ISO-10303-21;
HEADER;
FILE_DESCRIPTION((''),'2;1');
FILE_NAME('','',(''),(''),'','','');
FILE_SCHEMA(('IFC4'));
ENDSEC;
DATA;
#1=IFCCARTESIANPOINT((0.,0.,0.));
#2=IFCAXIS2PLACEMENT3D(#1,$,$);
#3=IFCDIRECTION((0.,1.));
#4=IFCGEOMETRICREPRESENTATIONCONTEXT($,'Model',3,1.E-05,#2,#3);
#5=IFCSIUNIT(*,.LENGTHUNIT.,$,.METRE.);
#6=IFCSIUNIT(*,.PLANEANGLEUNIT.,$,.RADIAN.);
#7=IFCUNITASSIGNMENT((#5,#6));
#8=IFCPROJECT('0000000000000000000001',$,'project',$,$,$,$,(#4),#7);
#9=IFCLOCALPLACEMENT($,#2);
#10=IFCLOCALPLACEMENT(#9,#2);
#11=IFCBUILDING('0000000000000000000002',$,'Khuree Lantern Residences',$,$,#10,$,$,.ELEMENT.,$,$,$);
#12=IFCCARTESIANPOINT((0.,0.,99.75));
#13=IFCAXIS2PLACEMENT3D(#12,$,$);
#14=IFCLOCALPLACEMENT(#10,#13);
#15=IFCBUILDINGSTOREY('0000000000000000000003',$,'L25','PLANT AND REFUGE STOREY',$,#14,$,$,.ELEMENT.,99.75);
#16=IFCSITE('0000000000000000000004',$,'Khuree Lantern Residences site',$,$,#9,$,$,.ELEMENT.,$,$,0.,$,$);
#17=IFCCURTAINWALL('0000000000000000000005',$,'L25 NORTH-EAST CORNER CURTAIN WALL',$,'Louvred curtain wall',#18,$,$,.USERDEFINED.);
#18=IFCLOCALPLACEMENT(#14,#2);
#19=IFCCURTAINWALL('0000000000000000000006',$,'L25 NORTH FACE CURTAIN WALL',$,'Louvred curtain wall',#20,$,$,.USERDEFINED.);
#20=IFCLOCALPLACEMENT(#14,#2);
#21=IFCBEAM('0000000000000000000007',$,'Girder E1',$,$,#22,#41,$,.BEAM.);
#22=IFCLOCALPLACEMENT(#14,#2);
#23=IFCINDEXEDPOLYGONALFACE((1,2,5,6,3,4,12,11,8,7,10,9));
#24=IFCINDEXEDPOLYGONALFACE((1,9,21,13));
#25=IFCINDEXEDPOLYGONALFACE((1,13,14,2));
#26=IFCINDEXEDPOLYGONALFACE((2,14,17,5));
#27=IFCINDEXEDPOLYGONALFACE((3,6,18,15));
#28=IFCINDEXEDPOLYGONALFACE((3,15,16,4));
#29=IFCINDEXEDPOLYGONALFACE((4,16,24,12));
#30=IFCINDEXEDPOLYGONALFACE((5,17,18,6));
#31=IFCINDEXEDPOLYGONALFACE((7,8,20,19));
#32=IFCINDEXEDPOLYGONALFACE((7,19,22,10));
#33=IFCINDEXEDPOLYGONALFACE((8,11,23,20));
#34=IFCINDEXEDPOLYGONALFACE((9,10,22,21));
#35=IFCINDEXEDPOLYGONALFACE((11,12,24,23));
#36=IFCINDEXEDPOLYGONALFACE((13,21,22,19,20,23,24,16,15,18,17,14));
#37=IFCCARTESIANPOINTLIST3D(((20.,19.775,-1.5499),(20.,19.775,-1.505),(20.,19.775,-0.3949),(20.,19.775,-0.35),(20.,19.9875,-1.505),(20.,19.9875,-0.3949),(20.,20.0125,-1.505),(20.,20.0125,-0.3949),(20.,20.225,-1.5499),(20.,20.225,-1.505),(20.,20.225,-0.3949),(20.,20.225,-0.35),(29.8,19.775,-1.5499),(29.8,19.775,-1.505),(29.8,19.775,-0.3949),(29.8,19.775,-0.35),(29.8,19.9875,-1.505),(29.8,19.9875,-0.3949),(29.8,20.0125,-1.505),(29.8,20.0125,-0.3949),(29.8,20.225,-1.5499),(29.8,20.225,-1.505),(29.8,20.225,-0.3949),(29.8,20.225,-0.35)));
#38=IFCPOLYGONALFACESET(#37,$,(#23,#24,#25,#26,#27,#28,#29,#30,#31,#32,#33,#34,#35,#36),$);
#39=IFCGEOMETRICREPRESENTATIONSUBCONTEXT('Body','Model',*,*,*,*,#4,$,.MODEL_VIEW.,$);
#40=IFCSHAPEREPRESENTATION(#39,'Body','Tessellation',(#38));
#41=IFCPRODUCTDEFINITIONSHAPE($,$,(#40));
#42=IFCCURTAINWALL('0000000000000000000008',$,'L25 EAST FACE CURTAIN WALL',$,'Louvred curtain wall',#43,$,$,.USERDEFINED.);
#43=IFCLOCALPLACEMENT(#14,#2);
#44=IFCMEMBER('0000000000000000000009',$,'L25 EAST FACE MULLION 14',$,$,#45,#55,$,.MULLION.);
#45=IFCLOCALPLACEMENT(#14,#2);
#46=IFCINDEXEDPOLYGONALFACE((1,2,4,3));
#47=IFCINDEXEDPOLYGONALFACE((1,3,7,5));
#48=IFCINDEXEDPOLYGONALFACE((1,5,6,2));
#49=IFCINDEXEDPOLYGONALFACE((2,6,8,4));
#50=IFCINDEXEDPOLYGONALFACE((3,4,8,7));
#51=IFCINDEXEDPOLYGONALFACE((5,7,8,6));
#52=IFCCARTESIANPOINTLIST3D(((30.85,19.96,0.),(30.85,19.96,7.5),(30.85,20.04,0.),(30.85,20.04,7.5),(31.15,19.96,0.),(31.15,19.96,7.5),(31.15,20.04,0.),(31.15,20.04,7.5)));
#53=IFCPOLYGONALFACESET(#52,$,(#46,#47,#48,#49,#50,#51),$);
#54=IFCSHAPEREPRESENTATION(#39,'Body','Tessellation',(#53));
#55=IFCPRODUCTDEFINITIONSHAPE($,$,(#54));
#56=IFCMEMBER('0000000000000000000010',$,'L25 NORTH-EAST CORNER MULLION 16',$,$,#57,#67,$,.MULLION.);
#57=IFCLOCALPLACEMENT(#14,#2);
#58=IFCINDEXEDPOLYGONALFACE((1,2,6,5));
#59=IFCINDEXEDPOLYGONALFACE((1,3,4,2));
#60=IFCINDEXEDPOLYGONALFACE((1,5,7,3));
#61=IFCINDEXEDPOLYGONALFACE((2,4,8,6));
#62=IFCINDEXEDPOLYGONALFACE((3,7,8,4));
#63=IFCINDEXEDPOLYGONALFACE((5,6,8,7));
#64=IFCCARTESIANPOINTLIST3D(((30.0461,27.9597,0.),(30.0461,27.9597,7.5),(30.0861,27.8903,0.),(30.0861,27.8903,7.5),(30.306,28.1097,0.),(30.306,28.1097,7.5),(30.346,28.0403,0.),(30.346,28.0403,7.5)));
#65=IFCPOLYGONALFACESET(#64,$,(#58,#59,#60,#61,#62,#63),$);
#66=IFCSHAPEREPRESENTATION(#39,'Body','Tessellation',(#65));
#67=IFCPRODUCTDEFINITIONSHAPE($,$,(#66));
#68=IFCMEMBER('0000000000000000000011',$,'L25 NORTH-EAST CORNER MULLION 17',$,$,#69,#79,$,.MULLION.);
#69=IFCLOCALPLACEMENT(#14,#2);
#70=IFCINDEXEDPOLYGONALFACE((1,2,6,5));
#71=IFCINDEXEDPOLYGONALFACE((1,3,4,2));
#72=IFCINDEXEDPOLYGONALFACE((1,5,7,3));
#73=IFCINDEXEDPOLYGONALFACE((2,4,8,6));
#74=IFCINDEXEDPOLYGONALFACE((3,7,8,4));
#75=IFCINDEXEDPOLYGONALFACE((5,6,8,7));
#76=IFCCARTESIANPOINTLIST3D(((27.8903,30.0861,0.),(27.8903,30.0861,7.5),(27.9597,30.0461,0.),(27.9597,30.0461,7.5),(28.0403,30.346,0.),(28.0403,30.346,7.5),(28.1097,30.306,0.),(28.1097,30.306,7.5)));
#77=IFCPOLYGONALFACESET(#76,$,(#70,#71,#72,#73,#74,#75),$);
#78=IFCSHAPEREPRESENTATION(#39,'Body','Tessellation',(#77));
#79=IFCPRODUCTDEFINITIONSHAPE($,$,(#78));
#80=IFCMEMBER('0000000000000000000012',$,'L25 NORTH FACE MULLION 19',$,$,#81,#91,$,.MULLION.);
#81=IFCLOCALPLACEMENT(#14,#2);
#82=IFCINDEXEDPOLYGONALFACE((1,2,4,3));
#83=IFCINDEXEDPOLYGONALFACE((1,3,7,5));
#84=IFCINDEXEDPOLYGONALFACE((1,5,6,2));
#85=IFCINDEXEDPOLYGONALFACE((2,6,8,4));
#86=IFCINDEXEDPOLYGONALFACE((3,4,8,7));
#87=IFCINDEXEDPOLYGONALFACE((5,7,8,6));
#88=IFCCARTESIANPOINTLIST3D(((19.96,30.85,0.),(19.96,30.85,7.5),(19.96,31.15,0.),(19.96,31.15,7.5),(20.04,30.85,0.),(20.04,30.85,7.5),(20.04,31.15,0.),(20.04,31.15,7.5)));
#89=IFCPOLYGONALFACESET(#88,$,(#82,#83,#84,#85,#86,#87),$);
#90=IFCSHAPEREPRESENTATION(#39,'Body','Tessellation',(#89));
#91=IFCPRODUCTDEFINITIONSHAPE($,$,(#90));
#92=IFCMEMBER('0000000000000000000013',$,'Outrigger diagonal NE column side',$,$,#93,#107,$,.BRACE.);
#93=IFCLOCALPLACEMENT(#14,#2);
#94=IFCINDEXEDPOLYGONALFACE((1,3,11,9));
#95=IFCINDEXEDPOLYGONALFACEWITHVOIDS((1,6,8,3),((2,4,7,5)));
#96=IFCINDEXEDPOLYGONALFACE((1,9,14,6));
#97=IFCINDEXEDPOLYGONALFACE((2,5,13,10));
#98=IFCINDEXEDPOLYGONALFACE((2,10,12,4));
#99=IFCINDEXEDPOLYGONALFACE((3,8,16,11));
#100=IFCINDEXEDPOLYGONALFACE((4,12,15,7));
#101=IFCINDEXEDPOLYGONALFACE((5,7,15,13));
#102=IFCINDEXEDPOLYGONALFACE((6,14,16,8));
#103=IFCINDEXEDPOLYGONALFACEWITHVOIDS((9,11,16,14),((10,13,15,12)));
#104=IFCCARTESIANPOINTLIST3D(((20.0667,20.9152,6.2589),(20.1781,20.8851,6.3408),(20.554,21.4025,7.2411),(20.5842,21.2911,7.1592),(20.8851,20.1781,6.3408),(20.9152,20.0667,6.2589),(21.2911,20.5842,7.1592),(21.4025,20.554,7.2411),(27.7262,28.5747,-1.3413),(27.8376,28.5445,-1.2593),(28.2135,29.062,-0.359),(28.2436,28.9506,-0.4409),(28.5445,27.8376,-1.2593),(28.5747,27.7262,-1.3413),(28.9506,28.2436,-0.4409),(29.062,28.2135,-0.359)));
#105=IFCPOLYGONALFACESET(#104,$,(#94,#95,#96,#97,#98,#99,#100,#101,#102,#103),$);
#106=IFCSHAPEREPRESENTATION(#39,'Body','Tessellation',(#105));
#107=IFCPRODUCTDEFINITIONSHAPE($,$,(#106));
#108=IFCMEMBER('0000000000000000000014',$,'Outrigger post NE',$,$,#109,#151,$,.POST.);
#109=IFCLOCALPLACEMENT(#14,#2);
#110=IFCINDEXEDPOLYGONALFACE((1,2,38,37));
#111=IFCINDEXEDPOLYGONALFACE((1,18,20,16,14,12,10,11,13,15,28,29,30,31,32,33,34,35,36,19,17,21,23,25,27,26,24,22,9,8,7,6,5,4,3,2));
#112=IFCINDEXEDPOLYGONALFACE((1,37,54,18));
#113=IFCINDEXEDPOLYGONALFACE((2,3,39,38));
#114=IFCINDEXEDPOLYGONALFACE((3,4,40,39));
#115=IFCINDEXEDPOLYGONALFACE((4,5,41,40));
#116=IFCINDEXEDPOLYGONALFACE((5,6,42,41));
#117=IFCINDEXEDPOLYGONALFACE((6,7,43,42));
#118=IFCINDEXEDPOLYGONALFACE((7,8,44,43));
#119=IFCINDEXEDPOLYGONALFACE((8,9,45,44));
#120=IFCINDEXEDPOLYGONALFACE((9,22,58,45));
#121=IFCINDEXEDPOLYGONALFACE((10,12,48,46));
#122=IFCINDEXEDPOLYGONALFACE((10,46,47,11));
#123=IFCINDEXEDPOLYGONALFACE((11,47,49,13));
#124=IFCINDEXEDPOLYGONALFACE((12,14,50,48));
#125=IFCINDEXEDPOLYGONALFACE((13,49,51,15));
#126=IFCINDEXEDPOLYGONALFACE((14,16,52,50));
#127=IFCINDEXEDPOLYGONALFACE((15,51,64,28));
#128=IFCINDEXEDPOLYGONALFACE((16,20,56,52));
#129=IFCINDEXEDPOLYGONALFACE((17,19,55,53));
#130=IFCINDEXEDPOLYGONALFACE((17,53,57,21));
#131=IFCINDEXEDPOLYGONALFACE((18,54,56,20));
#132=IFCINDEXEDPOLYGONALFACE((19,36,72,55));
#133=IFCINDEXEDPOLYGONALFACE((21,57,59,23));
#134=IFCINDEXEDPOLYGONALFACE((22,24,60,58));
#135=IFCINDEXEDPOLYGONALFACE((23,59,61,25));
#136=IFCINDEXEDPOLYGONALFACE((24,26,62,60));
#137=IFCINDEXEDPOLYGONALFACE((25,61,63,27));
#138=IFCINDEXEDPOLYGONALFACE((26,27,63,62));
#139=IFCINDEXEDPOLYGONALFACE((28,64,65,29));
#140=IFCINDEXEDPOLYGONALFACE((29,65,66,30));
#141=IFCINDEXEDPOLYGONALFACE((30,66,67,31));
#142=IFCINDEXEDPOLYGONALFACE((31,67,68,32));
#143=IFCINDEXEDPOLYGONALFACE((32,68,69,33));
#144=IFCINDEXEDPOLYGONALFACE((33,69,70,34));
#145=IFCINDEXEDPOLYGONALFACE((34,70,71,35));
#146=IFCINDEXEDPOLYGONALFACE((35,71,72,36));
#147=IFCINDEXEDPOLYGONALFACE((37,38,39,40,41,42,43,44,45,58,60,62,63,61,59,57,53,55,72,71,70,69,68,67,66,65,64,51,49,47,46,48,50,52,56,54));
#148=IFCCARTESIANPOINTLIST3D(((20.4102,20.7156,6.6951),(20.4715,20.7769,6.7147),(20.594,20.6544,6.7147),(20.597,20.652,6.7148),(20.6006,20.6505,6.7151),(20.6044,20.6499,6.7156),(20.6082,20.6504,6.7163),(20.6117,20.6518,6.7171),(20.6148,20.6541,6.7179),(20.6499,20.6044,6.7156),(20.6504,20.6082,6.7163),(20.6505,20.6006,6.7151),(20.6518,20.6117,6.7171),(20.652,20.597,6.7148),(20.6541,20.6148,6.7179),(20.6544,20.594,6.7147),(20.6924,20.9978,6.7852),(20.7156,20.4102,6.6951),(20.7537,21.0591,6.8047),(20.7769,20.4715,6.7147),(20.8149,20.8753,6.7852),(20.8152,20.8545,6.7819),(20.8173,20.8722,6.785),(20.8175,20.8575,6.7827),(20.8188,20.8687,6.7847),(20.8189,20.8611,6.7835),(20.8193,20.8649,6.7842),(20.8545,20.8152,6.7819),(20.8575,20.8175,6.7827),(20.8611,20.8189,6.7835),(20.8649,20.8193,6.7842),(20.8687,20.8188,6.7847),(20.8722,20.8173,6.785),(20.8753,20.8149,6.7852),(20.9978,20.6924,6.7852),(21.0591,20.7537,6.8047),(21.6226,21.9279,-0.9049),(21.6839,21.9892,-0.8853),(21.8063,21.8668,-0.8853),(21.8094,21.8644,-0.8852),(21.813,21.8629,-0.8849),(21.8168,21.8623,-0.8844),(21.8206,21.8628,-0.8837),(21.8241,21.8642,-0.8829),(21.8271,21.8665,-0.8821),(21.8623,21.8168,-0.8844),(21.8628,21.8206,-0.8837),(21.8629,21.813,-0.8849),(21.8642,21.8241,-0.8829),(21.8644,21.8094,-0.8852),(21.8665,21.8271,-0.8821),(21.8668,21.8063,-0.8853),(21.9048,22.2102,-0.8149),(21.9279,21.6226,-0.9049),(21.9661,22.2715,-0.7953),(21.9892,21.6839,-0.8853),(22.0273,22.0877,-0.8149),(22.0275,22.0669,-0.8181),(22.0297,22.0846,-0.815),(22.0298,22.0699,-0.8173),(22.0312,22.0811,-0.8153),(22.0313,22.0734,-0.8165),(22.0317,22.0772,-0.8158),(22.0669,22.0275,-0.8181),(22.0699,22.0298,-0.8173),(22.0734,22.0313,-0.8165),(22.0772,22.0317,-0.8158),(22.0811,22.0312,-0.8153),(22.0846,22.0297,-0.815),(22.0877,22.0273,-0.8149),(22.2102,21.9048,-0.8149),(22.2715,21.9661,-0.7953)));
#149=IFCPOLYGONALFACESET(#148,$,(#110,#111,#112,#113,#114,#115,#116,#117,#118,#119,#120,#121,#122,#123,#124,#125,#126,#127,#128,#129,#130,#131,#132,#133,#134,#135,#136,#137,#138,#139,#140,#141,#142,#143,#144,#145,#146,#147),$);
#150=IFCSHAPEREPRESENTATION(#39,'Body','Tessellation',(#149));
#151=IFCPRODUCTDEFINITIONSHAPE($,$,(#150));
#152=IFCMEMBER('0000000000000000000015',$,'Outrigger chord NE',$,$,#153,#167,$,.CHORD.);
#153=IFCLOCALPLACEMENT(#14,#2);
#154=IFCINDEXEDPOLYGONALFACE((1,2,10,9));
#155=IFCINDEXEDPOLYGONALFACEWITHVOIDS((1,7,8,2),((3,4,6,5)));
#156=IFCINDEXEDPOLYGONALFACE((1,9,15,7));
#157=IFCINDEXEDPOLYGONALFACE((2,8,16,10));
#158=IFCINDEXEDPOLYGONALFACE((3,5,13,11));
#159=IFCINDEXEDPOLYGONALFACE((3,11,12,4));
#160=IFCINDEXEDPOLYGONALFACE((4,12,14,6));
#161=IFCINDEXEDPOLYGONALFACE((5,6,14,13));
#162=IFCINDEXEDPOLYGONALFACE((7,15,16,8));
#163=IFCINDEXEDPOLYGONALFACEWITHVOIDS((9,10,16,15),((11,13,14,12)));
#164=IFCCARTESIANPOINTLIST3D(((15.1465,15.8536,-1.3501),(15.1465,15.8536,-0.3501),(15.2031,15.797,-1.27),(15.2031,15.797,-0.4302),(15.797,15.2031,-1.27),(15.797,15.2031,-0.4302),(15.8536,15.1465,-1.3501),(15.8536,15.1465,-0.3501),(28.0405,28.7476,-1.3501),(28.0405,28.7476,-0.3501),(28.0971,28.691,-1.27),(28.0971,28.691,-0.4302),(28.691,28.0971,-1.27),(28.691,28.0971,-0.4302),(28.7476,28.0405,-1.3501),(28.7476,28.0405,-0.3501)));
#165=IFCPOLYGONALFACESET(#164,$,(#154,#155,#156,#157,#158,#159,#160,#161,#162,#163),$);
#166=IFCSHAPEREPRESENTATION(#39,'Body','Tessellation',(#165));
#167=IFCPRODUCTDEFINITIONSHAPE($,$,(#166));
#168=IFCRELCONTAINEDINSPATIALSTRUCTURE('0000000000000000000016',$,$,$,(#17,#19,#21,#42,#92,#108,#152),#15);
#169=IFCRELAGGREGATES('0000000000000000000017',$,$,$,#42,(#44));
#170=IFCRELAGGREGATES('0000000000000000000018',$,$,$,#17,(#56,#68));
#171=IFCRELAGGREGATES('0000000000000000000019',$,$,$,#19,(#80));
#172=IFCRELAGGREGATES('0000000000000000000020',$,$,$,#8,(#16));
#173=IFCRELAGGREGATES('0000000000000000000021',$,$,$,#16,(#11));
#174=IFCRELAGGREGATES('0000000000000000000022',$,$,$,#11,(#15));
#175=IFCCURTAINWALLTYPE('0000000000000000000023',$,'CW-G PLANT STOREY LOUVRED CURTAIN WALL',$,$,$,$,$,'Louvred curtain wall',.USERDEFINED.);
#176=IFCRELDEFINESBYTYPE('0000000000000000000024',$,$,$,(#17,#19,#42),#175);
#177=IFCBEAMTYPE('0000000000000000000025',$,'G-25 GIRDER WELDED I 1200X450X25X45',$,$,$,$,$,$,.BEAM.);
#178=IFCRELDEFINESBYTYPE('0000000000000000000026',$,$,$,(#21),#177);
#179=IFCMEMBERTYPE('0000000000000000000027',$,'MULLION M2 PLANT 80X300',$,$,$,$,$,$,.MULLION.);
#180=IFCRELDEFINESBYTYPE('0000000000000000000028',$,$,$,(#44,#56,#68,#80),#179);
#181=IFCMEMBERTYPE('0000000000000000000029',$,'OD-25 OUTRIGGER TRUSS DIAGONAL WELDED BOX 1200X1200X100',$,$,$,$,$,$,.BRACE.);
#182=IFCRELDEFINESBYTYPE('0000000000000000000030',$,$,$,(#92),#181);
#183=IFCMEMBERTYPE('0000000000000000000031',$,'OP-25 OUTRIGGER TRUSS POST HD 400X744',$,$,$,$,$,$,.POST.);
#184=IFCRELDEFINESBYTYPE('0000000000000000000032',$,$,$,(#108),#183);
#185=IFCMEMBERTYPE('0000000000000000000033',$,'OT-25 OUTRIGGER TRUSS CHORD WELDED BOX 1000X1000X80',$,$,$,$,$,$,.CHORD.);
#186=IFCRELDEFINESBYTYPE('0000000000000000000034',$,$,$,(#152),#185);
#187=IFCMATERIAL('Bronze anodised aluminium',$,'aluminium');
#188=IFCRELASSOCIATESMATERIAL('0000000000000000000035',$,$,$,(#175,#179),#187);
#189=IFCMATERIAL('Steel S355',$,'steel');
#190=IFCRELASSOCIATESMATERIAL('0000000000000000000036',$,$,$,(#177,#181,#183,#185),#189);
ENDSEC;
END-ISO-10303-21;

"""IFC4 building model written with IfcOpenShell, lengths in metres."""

from ifc_helpers import new_model, si_unit, direction, frame, origin, origin_2d, place, context, subcontext, project, spatial, rectangle, hollow_rectangle, i_section, extrude, material, material_profile, profile_set, type_object, element, aggregate, save


model = new_model("IFC4")

# Units and contexts
model_context = context("Model", 3, precision=1e-05, world=origin(), true_north=direction((0.0, 1.0)))
body_context = subcontext(model_context, "Body", "Model", "MODEL_VIEW")
ifc_project = project(units=[si_unit("LENGTHUNIT", "METRE"), si_unit("PLANEANGLEUNIT", "RADIAN")], contexts=[model_context])

# Site, building, storey
site_placement = place(None, origin())
site = spatial("IfcSite", under=ifc_project, at=site_placement, Name="Khuree Lantern Residences site", CompositionType="ELEMENT", RefElevation=0.0)
building_placement = place(site_placement, origin())
building = spatial("IfcBuilding", under=site, at=building_placement, Name="Khuree Lantern Residences", CompositionType="ELEMENT")
storey_placement = place(building_placement, frame((0.0, 0.0, 99.75)))
storey = spatial("IfcBuildingStorey", under=building, at=storey_placement, Name="L25", Description="PLANT AND REFUGE STOREY", CompositionType="ELEMENT", Elevation=99.75)

# Shared definitions
ifc_material_1 = material(Name="Steel S355", Category="steel")

# Curtain walls
ifc_material_2 = material(Name="Bronze anodised aluminium", Category="aluminium")
curtain_wall_type = type_object("IfcCurtainWallType", Name="CW-G PLANT STOREY LOUVRED CURTAIN WALL", ElementType="Louvred curtain wall", PredefinedType="USERDEFINED", material=ifc_material_2)
curtain_wall_1_placement = place(storey_placement, origin())
curtain_wall_1 = element("IfcCurtainWall", 1, at=curtain_wall_1_placement, inside=storey, type_object=curtain_wall_type, Name="L25 NORTH-EAST CORNER CURTAIN WALL", ObjectType="Louvred curtain wall", PredefinedType="USERDEFINED")
curtain_wall_2_placement = place(storey_placement, origin())
curtain_wall_2 = element("IfcCurtainWall", 2, at=curtain_wall_2_placement, inside=storey, type_object=curtain_wall_type, Name="L25 NORTH FACE CURTAIN WALL", ObjectType="Louvred curtain wall", PredefinedType="USERDEFINED")

# Beam
ifc_material_profile_1 = material_profile(ifc_material_1, i_section(OverallWidth=0.45, OverallDepth=1.2, WebThickness=0.0249, FlangeThickness=0.0449, at=origin_2d()), Name="WELDED I 1200X450X25X45")
ifc_profile_set_1 = profile_set([ifc_material_profile_1], Name="Steel S355")
beam_type_1 = type_object("IfcBeamType", Name="G-25 GIRDER WELDED I 1200X450X25X45", PredefinedType="BEAM", material=ifc_profile_set_1)
beam_placement = place(storey_placement, frame((29.8, 20.0, -0.95), z_axis=(-1.0, 0.0, 0.0), x_axis=(0.0, -1.0, 0.0)))
element("IfcBeam", 3, at=beam_placement, inside=storey, type_object=beam_type_1, Name="Girder E1", PredefinedType="BEAM", context=body_context, shape_type="SweptSolid", body=[
    extrude(i_section(OverallWidth=0.45, OverallDepth=1.2, WebThickness=0.0249, FlangeThickness=0.0449, at=origin_2d()), origin(), (0.0, 0.0, 1.0), 9.8),
])

# Curtain wall, member
curtain_wall_3_placement = place(storey_placement, origin())
curtain_wall_3 = element("IfcCurtainWall", 4, at=curtain_wall_3_placement, inside=storey, type_object=curtain_wall_type, Name="L25 EAST FACE CURTAIN WALL", ObjectType="Louvred curtain wall", PredefinedType="USERDEFINED")
ifc_material_profile_2 = material_profile(ifc_material_2, rectangle(XDim=0.0801, YDim=0.3, at=origin_2d()), Name="M2 80X300")
ifc_profile_set_2 = profile_set([ifc_material_profile_2], Name="Bronze anodised aluminium")
member_type_1 = type_object("IfcMemberType", Name="MULLION M2 PLANT 80X300", PredefinedType="MULLION", material=ifc_profile_set_2)
member_1_placement = place(storey_placement, frame((31.0, 20.0, 0.0), z_axis=(0.0, 0.0, 1.0), x_axis=(0.0, 1.0, 0.0)))
member_1 = element("IfcMember", 5, at=member_1_placement, type_object=member_type_1, Name="L25 EAST FACE MULLION 14", PredefinedType="MULLION", context=body_context, shape_type="SweptSolid", body=[
    extrude(rectangle(XDim=0.0801, YDim=0.3, at=origin_2d()), origin(), (0.0, 0.0, 1.0), 7.5),
])

# Members
member_2_placement = place(storey_placement, frame((30.196, 28.0, 0.0), z_axis=(0.0, 0.0, 1.0), x_axis=(-0.5, 0.866025, 0.0)))
member_2 = element("IfcMember", 6, at=member_2_placement, type_object=member_type_1, Name="L25 NORTH-EAST CORNER MULLION 16", PredefinedType="MULLION", context=body_context, shape_type="SweptSolid", body=[
    extrude(rectangle(XDim=0.0801, YDim=0.3, at=origin_2d()), origin(), (0.0, 0.0, 1.0), 7.5),
])
member_3_placement = place(storey_placement, frame((28.0, 30.196, 0.0), z_axis=(0.0, 0.0, 1.0), x_axis=(-0.866025, 0.5, 0.0)))
member_3 = element("IfcMember", 7, at=member_3_placement, type_object=member_type_1, Name="L25 NORTH-EAST CORNER MULLION 17", PredefinedType="MULLION", context=body_context, shape_type="SweptSolid", body=[
    extrude(rectangle(XDim=0.0801, YDim=0.3, at=origin_2d()), origin(), (0.0, 0.0, 1.0), 7.5),
])
member_4_placement = place(storey_placement, frame((20.0, 31.0, 0.0), z_axis=(0.0, 0.0, 1.0), x_axis=(-1.0, 0.0, 0.0)))
member_4 = element("IfcMember", 8, at=member_4_placement, type_object=member_type_1, Name="L25 NORTH FACE MULLION 19", PredefinedType="MULLION", context=body_context, shape_type="SweptSolid", body=[
    extrude(rectangle(XDim=0.0801, YDim=0.3, at=origin_2d()), origin(), (0.0, 0.0, 1.0), 7.5),
])

# Members
ifc_material_profile_3 = material_profile(ifc_material_1, hollow_rectangle(XDim=1.2, YDim=1.2, WallThickness=0.1001, at=origin_2d()), Name="WELDED BOX 1200X1200X100")
ifc_profile_set_3 = profile_set([ifc_material_profile_3], Name="Steel S355")
member_type_2 = type_object("IfcMemberType", Name="OD-25 OUTRIGGER TRUSS DIAGONAL WELDED BOX 1200X1200X100", PredefinedType="BRACE", material=ifc_profile_set_3)
member_5_placement = place(storey_placement, frame((20.7346, 20.7346, 6.75), z_axis=(0.578841, 0.578841, -0.574357), x_axis=(-0.707107, 0.707107, 0.0)))
element("IfcMember", 9, at=member_5_placement, inside=storey, type_object=member_type_2, Name="Outrigger diagonal NE column side", PredefinedType="BRACE", context=body_context, shape_type="SweptSolid", body=[
    extrude(hollow_rectangle(XDim=1.2, YDim=1.2, WallThickness=0.1001, at=origin_2d()), origin(), (0.0, 0.0, 1.0), 13.2324),
])
ifc_material_profile_4 = material_profile(ifc_material_1, i_section(OverallWidth=0.4319, OverallDepth=0.498, WebThickness=0.0557, FlangeThickness=0.0889, FilletRadius=0.0149, at=origin_2d()), Name="HD 400X744")
ifc_profile_set_4 = profile_set([ifc_material_profile_4], Name="Steel S355")
member_type_3 = type_object("IfcMemberType", Name="OP-25 OUTRIGGER TRUSS POST HD 400X744", PredefinedType="POST", material=ifc_profile_set_4)
member_6_placement = place(storey_placement, frame((21.947, 21.947, -0.8501), z_axis=(-0.155614, -0.155614, 0.975484), x_axis=(0.707107, -0.707107, 0.0)))
element("IfcMember", 10, at=member_6_placement, inside=storey, type_object=member_type_3, Name="Outrigger post NE", PredefinedType="POST", context=body_context, shape_type="SweptSolid", body=[
    extrude(i_section(OverallWidth=0.4319, OverallDepth=0.498, WebThickness=0.0557, FlangeThickness=0.0889, FilletRadius=0.0149, at=origin_2d()), origin(), (0.0, 0.0, 1.0), 7.791),
])
ifc_material_profile_5 = material_profile(ifc_material_1, hollow_rectangle(XDim=1.0, YDim=1.0, WallThickness=0.0801, at=origin_2d()), Name="WELDED BOX 1000X1000X80")
ifc_profile_set_5 = profile_set([ifc_material_profile_5], Name="Steel S355")
member_type_4 = type_object("IfcMemberType", Name="OT-25 OUTRIGGER TRUSS CHORD WELDED BOX 1000X1000X80", PredefinedType="CHORD", material=ifc_profile_set_5)
member_7_placement = place(storey_placement, frame((28.394, 28.394, -0.8501), z_axis=(-0.707107, -0.707107, 0.0), x_axis=(0.707107, -0.707107, 0.0)))
element("IfcMember", 11, at=member_7_placement, inside=storey, type_object=member_type_4, Name="Outrigger chord NE", PredefinedType="CHORD", context=body_context, shape_type="SweptSolid", body=[
    extrude(hollow_rectangle(XDim=1.0, YDim=1.0, WallThickness=0.0801, at=origin_2d()), origin(), (0.0, 0.0, 1.0), 18.2349),
])

aggregate(curtain_wall_3, [member_1])
aggregate(curtain_wall_1, [member_2, member_3])
aggregate(curtain_wall_2, [member_4])

save(model, "model.ifc")
